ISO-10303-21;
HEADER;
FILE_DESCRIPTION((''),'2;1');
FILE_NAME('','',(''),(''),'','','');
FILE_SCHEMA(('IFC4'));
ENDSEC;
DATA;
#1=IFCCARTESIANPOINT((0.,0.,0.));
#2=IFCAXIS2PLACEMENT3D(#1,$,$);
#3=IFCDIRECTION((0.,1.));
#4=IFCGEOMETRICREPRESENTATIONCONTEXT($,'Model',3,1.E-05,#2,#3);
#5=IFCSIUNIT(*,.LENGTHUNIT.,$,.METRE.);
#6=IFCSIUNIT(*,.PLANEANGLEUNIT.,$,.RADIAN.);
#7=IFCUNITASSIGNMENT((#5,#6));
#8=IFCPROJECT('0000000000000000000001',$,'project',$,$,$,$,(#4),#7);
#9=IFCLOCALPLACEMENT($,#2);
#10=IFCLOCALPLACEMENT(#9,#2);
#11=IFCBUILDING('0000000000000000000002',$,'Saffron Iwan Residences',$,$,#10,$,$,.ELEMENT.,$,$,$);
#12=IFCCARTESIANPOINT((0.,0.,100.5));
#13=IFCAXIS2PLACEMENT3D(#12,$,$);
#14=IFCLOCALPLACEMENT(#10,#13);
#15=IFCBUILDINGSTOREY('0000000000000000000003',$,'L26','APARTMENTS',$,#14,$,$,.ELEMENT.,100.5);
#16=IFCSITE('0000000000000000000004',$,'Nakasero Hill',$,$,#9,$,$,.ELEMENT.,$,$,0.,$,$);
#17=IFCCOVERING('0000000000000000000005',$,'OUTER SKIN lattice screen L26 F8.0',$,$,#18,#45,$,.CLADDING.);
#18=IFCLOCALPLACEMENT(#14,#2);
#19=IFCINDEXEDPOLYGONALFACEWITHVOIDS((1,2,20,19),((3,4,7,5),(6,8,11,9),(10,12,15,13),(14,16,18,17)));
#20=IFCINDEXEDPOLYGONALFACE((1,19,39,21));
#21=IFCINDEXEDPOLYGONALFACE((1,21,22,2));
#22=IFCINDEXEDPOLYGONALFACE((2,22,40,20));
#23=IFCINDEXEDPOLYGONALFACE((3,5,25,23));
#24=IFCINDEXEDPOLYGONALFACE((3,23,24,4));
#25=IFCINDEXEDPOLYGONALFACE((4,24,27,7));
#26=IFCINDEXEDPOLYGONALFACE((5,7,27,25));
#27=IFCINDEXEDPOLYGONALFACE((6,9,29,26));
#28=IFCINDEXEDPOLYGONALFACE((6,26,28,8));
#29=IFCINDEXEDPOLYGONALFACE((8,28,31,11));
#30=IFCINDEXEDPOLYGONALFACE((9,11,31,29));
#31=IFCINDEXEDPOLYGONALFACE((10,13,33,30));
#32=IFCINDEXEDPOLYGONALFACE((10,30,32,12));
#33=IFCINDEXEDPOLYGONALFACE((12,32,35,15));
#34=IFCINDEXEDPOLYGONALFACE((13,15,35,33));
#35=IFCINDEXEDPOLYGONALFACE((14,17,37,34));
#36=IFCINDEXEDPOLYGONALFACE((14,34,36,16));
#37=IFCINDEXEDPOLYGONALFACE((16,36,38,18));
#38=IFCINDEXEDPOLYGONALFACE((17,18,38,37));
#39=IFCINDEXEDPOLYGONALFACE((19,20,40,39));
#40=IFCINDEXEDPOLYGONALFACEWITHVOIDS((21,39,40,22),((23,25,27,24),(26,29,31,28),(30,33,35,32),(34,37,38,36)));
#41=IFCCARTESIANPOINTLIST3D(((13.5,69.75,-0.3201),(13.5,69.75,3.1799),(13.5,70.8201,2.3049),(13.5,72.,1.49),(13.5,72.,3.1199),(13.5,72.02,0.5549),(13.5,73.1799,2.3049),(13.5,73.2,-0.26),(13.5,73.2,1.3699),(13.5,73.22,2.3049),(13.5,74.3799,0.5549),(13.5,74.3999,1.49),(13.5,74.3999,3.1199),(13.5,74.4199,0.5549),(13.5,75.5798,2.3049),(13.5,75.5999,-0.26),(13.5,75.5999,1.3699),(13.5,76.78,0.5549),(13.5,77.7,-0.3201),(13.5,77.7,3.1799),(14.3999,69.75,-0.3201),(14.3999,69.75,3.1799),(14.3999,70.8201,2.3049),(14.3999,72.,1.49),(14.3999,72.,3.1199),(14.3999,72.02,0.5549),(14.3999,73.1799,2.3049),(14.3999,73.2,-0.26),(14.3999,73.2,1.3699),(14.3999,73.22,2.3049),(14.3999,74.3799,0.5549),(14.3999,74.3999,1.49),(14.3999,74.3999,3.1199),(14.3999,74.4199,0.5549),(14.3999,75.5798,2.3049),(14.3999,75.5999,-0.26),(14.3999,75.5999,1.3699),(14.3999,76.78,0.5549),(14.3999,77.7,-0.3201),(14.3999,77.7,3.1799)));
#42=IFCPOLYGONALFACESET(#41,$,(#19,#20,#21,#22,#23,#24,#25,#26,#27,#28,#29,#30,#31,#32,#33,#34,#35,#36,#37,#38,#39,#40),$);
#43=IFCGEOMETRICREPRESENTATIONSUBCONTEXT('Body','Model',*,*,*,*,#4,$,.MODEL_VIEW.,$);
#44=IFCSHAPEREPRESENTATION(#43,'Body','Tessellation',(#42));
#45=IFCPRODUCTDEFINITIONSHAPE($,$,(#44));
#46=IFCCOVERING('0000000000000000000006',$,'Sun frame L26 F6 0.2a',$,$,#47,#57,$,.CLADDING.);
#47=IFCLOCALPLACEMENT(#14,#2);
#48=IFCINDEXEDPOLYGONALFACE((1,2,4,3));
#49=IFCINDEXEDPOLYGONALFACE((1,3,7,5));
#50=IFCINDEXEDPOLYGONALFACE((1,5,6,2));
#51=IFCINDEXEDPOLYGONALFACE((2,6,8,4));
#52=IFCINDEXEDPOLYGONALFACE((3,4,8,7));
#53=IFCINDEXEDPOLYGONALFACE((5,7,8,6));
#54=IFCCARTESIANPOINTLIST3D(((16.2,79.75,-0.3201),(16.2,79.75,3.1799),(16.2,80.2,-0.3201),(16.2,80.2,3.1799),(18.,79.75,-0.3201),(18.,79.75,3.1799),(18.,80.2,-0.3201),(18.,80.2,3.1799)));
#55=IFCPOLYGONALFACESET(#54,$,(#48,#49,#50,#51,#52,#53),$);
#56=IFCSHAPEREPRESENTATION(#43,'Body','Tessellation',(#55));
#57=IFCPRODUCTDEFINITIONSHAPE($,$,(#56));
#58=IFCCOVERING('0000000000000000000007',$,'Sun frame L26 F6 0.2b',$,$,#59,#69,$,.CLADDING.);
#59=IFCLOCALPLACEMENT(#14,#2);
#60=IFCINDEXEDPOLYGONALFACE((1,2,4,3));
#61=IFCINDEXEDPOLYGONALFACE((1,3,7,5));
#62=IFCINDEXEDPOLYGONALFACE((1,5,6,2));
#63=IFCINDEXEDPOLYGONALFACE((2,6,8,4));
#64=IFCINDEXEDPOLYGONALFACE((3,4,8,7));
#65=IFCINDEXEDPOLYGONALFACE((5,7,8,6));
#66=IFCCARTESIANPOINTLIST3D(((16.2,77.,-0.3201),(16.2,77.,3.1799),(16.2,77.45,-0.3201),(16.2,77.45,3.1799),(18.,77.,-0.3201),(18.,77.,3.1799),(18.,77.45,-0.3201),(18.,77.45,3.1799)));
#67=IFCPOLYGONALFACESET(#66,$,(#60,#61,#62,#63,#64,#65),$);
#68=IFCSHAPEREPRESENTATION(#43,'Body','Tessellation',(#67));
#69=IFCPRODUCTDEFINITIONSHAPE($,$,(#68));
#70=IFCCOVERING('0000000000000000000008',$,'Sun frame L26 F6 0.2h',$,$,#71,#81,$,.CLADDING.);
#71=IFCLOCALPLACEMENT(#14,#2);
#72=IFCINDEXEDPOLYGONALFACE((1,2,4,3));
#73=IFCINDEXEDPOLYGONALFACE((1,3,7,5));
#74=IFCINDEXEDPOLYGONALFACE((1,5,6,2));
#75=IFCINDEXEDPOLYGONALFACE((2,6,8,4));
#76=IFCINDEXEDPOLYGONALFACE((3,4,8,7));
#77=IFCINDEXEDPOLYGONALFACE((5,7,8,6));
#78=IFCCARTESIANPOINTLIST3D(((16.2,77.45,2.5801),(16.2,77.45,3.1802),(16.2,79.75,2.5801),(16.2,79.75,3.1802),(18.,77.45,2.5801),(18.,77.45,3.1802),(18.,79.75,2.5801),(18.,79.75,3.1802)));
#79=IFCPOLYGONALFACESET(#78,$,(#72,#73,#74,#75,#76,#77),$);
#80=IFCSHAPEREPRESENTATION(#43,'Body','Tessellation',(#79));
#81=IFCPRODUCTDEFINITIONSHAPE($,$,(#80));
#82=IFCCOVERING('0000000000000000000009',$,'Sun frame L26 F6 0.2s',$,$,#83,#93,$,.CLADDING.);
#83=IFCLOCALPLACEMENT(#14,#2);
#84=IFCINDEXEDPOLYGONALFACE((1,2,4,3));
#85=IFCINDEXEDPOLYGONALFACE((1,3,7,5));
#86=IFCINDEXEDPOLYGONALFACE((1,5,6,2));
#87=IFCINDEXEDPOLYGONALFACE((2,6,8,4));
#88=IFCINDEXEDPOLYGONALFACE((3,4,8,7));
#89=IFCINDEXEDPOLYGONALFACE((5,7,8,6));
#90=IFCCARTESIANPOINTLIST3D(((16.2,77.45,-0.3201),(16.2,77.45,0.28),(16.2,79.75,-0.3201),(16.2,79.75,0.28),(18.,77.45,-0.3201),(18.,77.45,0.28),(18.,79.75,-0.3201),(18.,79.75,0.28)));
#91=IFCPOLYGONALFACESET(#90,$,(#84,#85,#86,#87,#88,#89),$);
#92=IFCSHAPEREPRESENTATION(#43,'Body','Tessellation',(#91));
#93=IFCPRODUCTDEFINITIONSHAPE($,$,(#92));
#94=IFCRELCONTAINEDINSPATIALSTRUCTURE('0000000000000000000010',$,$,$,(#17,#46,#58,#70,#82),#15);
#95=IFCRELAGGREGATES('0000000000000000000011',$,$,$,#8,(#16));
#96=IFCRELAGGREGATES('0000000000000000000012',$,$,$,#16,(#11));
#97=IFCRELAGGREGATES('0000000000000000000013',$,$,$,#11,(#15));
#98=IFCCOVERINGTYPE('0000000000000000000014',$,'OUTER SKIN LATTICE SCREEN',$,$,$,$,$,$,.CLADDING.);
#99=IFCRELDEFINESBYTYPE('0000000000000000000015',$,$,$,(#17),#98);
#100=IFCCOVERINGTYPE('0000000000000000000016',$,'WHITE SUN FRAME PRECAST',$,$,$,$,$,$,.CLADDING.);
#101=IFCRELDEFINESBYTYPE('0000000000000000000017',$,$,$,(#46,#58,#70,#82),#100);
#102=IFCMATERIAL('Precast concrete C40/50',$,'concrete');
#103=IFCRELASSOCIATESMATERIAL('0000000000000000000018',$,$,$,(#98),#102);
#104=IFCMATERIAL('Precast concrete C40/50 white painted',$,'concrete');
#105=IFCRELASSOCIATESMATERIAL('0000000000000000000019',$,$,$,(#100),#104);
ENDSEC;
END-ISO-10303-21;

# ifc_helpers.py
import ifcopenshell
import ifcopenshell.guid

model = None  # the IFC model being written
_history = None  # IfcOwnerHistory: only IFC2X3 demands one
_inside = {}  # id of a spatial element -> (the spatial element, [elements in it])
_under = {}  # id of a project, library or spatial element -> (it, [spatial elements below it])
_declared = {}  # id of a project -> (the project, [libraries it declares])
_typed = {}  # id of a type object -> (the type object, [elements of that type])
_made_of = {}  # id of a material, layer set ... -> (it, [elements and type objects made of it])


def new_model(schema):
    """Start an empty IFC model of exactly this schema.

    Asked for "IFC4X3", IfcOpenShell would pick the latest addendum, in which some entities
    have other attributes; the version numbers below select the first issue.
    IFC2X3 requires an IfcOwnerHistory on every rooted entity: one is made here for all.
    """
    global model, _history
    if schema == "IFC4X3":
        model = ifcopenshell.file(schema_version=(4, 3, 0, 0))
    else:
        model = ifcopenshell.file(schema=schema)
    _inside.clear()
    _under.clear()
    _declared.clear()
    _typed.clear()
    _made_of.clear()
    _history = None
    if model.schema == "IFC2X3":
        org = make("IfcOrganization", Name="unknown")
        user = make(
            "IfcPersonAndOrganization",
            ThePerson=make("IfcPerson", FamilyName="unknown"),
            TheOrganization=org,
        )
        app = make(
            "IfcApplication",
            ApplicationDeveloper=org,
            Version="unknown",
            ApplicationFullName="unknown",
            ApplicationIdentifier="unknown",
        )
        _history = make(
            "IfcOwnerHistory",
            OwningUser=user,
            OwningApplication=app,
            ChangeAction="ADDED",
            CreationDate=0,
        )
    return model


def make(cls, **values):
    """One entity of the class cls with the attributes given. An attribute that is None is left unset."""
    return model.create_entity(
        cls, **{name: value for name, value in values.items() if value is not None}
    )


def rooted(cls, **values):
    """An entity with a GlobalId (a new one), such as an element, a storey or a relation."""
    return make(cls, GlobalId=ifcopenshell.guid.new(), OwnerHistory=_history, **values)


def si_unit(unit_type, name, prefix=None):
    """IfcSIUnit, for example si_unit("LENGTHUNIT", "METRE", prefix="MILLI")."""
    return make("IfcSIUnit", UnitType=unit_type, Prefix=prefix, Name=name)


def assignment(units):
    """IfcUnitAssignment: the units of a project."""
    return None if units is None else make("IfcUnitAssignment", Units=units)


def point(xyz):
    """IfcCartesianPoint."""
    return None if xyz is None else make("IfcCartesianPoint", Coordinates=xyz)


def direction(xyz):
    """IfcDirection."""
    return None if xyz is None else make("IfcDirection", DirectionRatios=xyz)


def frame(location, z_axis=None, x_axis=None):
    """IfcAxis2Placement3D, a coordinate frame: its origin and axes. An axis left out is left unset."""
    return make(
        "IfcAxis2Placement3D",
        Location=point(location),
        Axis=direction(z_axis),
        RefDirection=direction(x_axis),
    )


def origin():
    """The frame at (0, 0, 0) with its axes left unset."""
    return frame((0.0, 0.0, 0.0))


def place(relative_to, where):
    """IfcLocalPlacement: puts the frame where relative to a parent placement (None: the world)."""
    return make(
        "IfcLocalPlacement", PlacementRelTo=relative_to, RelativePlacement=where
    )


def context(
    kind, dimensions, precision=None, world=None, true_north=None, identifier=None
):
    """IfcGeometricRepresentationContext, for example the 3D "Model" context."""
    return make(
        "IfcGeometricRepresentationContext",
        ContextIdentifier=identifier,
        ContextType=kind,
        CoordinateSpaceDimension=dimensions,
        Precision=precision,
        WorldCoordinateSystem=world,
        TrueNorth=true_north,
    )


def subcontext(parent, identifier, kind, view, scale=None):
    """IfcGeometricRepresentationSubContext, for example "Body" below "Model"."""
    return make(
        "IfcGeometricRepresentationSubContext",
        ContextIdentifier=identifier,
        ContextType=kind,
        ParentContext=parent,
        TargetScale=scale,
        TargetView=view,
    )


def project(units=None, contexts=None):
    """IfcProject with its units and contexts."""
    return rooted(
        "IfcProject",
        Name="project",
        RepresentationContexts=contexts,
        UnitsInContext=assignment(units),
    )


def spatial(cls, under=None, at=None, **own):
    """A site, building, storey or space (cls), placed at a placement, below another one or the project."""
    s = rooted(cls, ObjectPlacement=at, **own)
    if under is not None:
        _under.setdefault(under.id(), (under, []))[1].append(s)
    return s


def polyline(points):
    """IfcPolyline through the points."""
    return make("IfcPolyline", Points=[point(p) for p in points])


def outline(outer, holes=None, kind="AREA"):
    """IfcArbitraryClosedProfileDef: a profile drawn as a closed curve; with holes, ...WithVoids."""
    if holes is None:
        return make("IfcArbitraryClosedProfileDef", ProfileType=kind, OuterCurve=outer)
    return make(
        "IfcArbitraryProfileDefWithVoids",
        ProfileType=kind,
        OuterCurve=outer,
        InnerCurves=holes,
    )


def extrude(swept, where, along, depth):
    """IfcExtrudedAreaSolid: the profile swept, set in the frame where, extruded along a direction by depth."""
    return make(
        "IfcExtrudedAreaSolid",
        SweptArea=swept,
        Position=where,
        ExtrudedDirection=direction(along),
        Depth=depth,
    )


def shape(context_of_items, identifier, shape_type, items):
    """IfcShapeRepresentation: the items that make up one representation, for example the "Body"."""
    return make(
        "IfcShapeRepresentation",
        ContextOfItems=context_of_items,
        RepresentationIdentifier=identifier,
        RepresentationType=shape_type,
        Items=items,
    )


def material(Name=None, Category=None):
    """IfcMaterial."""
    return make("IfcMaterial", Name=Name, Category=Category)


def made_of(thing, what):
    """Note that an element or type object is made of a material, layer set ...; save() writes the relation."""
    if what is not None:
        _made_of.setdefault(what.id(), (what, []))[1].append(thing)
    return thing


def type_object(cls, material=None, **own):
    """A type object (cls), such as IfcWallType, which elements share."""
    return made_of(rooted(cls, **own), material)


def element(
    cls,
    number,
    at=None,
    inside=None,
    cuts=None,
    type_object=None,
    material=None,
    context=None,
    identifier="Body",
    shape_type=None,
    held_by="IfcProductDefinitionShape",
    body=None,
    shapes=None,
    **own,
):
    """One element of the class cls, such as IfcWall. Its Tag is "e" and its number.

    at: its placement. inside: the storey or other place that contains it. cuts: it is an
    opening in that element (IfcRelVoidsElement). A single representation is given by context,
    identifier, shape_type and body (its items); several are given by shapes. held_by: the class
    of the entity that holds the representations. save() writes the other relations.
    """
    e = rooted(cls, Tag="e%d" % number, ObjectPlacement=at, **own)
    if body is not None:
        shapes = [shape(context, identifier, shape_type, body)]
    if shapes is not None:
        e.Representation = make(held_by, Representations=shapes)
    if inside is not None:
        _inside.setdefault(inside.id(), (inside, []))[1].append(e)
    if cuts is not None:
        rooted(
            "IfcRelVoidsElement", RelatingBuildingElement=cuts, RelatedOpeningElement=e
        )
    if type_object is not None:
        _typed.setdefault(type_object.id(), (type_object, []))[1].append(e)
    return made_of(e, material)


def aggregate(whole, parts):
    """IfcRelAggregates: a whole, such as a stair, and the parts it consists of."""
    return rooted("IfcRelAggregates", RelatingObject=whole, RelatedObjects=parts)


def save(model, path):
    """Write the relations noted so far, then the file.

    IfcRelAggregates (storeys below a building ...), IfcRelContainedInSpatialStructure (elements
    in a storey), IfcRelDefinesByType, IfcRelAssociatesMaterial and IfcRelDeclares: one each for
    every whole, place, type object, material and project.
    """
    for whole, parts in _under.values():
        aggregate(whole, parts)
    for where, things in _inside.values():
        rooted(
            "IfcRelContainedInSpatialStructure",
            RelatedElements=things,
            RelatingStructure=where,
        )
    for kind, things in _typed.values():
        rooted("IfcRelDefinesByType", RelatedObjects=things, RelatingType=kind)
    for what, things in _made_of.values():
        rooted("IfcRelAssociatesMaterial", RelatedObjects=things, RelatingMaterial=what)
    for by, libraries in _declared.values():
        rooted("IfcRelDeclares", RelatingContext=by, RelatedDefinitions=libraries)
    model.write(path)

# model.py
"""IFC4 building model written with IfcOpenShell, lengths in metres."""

from ifc_helpers import new_model, si_unit, direction, frame, origin, place, context, subcontext, project, spatial, polyline, outline, extrude, material, type_object, element, save


model = new_model("IFC4")

# Units and contexts
model_context = context("Model", 3, precision=1e-05, world=origin(), true_north=direction((0.0, 1.0)))
body_context = subcontext(model_context, "Body", "Model", "MODEL_VIEW")
ifc_project = project(units=[si_unit("LENGTHUNIT", "METRE"), si_unit("PLANEANGLEUNIT", "RADIAN")], contexts=[model_context])

# Site, building, storey
site_placement = place(None, origin())
site = spatial("IfcSite", under=ifc_project, at=site_placement, Name="Nakasero Hill", CompositionType="ELEMENT", RefElevation=0.0)
building_placement = place(site_placement, origin())
building = spatial("IfcBuilding", under=site, at=building_placement, Name="Saffron Iwan Residences", CompositionType="ELEMENT")
storey_placement = place(building_placement, frame((0.0, 0.0, 100.5)))
storey = spatial("IfcBuildingStorey", under=building, at=storey_placement, Name="L26", Description="APARTMENTS", CompositionType="ELEMENT", Elevation=100.5)

# Coverings
ifc_material_1 = material(Name="Precast concrete C40/50", Category="concrete")
covering_type_1 = type_object("IfcCoveringType", Name="OUTER SKIN LATTICE SCREEN", PredefinedType="CLADDING", material=ifc_material_1)
covering_1_placement = place(storey_placement, frame((14.3999, 77.7, -0.3201), z_axis=(-1.0, 0.0, 0.0), x_axis=(0.0, -1.0, 0.0)))
element("IfcCovering", 1, at=covering_1_placement, inside=storey, type_object=covering_type_1, Name="OUTER SKIN lattice screen L26 F8.0", PredefinedType="CLADDING", context=body_context, shape_type="SweptSolid", body=[
    extrude(outline(polyline([(0.0, 0.0), (7.95, 0.0), (7.95, 3.5), (0.0, 3.5), (0.0, 0.0)]), holes=[polyline([(0.9199, 0.875), (2.1001, 0.0601), (3.28, 0.875), (2.1001, 1.6899), (0.9199, 0.875)]), polyline([(3.3201, 0.875), (4.5, 0.0601), (5.6799, 0.875), (4.5, 1.6899), (3.3201, 0.875)]), polyline([(2.1201, 2.625), (3.3, 1.8101), (4.48, 2.625), (3.3, 3.4399), (2.1201, 2.625)]), polyline([(4.52, 2.625), (5.7, 1.8101), (6.8799, 2.625), (5.7, 3.4399), (4.52, 2.625)])]), origin(), (0.0, 0.0, 1.0), 0.8999),
])
ifc_material_2 = material(Name="Precast concrete C40/50 white painted", Category="concrete")
covering_type_2 = type_object("IfcCoveringType", Name="WHITE SUN FRAME PRECAST", PredefinedType="CLADDING", material=ifc_material_2)
for number, where, z_axis, x_axis, name in (
    (2, (18.0, 80.2, -0.3201), (-1.0, 0.0, 0.0), (0.0, -1.0, 0.0), "Sun frame L26 F6 0.2a"),
    (3, (18.0, 77.45, -0.3201), (-1.0, 0.0, 0.0), (0.0, -1.0, 0.0), "Sun frame L26 F6 0.2b"),
):
    element("IfcCovering", number, at=place(storey_placement, frame(where, z_axis=z_axis, x_axis=x_axis)), inside=storey, type_object=covering_type_2, Name=name, PredefinedType="CLADDING", context=body_context, shape_type="SweptSolid", body=[
        extrude(outline(polyline([(0.0, 0.0), (0.45, 0.0), (0.45, 3.5), (0.0, 3.5), (0.0, 0.0)])), origin(), (0.0, 0.0, 1.0), 1.8),
    ])
for number, where, z_axis, x_axis, name in (
    (4, (18.0, 79.75, 2.5801), (-1.0, 0.0, 0.0), (0.0, -1.0, 0.0), "Sun frame L26 F6 0.2h"),
    (5, (18.0, 79.75, -0.3201), (-1.0, 0.0, 0.0), (0.0, -1.0, 0.0), "Sun frame L26 F6 0.2s"),
):
    element("IfcCovering", number, at=place(storey_placement, frame(where, z_axis=z_axis, x_axis=x_axis)), inside=storey, type_object=covering_type_2, Name=name, PredefinedType="CLADDING", context=body_context, shape_type="SweptSolid", body=[
        extrude(outline(polyline([(0.0, 0.0), (2.3, 0.0), (2.3, 0.6001), (0.0, 0.6001), (0.0, 0.0)])), origin(), (0.0, 0.0, 1.0), 1.8),
    ])

save(model, "model.ifc")
